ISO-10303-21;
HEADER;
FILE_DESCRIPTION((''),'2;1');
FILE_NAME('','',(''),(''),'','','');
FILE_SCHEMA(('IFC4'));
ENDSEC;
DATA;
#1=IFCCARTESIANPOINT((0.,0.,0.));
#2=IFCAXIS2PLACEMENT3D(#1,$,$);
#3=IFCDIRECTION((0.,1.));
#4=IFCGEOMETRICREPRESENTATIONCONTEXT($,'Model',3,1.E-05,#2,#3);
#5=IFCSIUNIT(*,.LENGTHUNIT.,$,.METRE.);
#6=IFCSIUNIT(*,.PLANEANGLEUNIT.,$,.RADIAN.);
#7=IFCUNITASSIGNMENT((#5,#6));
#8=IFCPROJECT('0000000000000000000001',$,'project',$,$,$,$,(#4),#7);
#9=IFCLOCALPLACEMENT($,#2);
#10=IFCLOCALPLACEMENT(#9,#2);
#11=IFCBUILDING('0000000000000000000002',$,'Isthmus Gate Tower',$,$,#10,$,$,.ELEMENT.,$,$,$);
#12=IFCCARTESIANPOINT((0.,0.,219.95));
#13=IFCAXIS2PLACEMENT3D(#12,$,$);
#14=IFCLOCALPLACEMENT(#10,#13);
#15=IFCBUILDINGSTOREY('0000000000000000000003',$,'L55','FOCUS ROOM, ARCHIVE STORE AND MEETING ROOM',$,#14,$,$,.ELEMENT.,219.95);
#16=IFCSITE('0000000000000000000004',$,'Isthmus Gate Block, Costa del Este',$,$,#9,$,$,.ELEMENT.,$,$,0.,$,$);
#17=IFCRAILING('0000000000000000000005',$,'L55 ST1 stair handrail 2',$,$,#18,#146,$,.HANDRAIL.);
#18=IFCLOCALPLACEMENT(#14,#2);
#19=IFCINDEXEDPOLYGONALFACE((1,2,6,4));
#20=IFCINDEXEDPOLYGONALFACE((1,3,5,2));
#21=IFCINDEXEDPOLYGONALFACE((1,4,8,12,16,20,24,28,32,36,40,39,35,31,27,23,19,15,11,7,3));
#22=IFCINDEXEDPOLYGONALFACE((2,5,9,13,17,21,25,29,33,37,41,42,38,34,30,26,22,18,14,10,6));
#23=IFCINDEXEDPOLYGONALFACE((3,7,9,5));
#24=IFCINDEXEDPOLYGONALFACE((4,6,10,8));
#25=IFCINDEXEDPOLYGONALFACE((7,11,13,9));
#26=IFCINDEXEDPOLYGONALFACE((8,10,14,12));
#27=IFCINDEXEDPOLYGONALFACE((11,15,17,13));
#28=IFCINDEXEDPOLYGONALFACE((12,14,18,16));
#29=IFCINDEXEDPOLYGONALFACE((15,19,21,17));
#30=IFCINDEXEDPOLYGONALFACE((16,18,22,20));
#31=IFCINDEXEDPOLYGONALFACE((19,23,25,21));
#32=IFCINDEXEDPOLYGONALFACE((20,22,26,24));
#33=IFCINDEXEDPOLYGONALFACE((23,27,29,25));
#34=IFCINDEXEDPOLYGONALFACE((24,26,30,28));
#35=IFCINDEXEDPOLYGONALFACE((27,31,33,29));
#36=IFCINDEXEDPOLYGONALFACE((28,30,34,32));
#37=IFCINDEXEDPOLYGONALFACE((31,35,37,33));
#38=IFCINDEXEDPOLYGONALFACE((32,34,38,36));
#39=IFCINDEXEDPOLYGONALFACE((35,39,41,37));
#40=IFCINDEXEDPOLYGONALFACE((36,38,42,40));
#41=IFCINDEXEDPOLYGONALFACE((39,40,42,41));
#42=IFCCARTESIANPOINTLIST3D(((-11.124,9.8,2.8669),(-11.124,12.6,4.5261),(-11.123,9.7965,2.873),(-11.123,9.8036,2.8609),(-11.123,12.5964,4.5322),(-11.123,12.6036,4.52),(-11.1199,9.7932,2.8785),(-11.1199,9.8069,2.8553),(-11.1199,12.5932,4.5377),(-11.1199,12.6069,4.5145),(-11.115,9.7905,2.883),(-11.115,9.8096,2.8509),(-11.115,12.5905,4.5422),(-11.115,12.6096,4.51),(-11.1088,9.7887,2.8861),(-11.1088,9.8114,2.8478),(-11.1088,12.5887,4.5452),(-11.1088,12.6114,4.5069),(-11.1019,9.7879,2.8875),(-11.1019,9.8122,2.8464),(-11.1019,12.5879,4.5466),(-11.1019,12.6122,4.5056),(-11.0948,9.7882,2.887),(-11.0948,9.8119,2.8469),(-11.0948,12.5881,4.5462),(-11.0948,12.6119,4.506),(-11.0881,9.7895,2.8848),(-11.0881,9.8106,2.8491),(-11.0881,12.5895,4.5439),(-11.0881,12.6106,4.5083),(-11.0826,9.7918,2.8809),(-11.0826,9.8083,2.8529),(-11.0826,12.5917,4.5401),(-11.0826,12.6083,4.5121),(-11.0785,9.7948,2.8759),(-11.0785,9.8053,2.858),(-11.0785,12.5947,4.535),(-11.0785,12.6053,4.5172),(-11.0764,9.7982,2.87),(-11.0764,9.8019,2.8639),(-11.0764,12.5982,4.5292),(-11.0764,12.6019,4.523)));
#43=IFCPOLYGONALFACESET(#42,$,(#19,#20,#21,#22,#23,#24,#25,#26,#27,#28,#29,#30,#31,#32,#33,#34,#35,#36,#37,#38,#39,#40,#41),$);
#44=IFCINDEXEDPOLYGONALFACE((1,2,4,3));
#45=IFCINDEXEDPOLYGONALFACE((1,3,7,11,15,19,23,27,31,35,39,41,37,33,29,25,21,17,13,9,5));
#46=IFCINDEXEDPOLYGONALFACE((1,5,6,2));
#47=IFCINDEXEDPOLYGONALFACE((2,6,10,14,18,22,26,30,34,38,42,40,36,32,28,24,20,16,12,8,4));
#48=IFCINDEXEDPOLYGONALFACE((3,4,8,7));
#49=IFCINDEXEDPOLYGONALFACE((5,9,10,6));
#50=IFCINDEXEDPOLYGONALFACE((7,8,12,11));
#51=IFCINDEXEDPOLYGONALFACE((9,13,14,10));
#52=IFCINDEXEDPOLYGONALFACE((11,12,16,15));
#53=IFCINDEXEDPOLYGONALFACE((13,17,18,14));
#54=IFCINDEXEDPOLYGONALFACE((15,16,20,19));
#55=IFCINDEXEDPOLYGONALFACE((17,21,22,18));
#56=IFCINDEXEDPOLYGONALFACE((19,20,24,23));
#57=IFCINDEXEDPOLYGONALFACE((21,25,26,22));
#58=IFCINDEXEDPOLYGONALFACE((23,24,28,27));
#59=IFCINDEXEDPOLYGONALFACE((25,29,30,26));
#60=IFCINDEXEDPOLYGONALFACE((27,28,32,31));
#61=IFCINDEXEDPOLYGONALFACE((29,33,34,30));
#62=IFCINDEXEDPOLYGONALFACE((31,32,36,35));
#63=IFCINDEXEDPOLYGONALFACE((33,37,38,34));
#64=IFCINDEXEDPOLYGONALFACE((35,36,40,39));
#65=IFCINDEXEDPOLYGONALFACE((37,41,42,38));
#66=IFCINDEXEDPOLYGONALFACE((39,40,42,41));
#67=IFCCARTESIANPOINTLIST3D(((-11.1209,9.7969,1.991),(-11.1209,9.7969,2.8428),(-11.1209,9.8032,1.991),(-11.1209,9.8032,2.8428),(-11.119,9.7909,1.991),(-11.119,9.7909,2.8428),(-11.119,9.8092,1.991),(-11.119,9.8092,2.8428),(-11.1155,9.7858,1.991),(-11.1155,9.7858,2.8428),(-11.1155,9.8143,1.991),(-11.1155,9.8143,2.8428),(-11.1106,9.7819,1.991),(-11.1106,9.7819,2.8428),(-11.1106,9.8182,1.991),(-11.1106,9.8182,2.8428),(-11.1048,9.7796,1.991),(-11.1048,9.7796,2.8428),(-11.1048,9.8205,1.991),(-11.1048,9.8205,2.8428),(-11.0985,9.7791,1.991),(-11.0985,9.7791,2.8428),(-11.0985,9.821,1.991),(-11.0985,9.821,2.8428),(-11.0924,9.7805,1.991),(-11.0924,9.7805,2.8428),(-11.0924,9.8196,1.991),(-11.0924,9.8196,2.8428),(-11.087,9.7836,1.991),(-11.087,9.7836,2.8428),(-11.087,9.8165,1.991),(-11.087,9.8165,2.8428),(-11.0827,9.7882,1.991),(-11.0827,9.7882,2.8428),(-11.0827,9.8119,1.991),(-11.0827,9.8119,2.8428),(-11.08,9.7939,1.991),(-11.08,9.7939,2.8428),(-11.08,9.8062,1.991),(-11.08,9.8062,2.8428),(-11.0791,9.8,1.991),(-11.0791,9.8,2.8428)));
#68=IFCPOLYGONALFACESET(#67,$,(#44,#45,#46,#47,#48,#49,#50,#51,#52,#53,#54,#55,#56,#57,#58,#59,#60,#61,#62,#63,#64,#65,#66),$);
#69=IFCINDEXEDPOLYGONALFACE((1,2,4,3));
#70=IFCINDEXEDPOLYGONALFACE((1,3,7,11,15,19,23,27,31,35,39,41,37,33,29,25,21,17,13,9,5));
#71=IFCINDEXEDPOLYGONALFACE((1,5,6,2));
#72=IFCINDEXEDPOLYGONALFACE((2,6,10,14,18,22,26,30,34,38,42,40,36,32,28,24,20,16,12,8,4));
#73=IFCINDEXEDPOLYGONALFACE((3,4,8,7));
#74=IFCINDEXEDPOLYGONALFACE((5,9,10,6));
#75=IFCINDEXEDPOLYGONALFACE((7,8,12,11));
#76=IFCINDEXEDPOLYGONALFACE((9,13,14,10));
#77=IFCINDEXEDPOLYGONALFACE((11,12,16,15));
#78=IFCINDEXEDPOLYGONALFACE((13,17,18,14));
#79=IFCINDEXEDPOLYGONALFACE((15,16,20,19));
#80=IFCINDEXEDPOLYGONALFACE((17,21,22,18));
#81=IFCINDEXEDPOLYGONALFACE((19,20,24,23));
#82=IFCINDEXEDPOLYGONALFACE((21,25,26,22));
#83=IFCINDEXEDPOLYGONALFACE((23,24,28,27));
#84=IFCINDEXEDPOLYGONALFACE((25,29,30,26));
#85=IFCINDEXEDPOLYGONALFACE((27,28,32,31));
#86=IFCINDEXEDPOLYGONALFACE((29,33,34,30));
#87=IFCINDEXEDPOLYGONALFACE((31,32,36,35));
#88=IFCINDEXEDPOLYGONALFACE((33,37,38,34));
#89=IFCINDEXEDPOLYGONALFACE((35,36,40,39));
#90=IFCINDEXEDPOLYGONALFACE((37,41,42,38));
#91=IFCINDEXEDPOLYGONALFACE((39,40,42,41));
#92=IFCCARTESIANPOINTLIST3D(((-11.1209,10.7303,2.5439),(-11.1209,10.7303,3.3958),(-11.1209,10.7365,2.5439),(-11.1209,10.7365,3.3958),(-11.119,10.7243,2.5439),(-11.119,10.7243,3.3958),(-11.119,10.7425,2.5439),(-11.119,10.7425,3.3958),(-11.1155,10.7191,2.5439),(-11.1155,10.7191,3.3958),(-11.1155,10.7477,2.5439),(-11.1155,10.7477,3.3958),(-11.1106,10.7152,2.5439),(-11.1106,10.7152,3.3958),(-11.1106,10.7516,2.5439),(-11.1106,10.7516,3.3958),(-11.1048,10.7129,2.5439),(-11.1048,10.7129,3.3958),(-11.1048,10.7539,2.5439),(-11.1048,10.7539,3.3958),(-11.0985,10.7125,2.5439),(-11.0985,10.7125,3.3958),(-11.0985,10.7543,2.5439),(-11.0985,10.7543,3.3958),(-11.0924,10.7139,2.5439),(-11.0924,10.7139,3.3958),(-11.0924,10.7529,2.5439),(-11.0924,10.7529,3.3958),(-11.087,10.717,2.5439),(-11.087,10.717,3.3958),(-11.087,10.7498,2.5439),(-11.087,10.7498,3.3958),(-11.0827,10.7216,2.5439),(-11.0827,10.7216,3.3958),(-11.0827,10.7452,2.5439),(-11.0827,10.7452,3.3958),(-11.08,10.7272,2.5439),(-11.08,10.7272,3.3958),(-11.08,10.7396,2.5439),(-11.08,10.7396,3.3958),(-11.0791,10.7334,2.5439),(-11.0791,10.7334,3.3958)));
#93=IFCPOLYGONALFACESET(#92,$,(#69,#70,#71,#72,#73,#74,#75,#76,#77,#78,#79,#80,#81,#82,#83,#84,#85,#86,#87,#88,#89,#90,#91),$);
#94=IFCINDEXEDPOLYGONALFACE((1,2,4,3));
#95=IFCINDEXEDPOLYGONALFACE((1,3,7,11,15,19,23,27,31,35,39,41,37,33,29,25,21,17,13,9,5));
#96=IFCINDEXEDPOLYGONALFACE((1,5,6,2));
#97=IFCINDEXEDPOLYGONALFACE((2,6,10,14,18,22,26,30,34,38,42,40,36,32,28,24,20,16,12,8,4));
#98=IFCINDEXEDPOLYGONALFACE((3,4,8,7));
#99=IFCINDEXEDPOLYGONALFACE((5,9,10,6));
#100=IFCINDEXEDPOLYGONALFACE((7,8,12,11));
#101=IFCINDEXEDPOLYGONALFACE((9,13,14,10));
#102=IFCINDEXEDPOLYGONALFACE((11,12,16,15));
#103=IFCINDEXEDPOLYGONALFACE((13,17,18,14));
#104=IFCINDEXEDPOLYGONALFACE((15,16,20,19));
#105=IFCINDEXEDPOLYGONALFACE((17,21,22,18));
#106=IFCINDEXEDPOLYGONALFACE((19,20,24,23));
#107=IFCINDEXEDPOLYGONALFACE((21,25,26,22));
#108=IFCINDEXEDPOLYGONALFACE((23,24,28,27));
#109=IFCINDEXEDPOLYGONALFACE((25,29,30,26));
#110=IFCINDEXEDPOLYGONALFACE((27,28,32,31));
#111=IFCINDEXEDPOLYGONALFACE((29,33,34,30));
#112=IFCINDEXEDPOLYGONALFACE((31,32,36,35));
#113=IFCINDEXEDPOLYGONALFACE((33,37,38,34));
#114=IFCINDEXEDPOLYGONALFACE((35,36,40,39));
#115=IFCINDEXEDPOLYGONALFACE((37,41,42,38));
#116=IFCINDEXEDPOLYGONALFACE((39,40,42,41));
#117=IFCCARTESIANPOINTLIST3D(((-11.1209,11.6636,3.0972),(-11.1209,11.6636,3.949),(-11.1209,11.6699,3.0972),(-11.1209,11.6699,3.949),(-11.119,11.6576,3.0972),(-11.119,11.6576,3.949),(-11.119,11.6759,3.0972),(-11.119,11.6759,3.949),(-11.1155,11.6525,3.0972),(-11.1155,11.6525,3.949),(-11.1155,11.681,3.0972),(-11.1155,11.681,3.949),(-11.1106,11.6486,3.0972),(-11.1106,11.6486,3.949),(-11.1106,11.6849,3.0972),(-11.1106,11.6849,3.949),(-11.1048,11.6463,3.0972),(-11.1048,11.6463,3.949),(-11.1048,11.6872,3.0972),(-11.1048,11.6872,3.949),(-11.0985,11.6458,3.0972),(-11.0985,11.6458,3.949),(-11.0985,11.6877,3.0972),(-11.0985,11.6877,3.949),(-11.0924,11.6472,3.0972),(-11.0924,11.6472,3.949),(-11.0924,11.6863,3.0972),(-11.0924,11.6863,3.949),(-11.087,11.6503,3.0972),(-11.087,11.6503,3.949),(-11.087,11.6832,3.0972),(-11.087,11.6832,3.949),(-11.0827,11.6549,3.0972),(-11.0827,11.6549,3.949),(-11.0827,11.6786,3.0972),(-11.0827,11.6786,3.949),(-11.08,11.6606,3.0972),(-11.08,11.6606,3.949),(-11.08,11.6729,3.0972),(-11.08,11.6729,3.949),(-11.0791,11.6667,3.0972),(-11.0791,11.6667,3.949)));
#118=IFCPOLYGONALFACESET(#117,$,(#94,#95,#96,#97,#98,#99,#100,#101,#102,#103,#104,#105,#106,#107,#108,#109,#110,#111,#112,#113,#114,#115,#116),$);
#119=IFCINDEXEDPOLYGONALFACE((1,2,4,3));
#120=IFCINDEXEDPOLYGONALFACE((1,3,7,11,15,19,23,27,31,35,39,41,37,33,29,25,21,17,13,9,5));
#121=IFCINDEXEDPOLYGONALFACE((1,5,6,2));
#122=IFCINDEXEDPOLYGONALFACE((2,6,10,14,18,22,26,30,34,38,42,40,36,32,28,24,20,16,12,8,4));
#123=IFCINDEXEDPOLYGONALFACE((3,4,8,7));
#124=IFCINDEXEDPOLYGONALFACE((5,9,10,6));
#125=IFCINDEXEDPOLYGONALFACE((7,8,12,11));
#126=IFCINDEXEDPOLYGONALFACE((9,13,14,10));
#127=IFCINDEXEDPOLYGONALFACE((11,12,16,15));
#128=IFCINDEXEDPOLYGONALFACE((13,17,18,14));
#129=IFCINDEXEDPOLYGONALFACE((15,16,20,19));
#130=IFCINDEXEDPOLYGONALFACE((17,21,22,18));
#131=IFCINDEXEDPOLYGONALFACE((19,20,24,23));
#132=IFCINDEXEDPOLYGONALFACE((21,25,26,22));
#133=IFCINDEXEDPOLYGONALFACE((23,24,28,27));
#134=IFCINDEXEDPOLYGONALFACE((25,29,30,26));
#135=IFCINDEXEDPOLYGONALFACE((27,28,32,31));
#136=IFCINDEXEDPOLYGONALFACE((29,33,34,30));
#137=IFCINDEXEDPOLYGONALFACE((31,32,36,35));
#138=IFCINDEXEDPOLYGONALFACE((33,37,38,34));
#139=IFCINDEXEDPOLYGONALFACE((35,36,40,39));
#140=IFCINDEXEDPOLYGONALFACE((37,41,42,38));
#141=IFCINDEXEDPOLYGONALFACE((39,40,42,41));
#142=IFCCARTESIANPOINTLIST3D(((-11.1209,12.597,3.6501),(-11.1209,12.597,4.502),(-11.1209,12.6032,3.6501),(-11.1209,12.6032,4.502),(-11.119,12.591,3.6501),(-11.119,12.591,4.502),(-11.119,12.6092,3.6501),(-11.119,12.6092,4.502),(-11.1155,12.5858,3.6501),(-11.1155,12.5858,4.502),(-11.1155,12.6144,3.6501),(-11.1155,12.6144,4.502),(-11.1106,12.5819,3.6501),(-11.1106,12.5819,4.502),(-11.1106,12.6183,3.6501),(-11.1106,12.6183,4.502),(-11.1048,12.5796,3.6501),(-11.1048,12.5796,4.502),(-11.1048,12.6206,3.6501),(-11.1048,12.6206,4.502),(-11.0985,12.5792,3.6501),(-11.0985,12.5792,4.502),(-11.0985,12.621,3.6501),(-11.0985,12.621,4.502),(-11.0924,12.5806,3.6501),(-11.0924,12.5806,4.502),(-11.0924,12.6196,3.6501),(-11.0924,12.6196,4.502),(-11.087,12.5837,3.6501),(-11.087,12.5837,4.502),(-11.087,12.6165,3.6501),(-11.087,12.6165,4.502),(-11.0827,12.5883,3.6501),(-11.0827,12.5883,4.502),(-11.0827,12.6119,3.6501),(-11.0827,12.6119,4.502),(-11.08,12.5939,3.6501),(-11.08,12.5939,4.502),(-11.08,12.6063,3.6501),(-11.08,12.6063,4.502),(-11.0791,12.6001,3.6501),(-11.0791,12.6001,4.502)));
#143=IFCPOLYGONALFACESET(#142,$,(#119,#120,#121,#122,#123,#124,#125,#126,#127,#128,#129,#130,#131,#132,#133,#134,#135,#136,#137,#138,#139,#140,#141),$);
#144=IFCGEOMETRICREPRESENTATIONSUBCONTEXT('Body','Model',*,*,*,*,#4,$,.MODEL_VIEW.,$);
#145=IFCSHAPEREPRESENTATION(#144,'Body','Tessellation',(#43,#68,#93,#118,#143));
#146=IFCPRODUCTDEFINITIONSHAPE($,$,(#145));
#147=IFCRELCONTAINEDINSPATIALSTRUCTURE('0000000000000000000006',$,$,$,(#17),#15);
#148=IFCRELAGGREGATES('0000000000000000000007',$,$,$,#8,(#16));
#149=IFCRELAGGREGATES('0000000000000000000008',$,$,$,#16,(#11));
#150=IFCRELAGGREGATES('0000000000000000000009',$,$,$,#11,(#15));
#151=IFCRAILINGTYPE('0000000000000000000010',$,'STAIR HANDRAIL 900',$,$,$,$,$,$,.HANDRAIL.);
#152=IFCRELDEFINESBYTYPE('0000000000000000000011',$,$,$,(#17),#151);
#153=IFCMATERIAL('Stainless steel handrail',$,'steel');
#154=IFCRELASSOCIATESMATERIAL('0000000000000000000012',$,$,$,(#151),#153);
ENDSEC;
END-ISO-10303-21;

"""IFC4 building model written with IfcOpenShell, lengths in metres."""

from ifc_helpers import new_model, si_unit, direction, frame, origin, origin_2d, place, context, subcontext, project, spatial, circle, extrude, material, type_object, element, save


model = new_model("IFC4")

# Units and contexts
model_context = context("Model", 3, precision=1e-05, world=origin(), true_north=direction((0.0, 1.0)))
body_context = subcontext(model_context, "Body", "Model", "MODEL_VIEW")
ifc_project = project(units=[si_unit("LENGTHUNIT", "METRE"), si_unit("PLANEANGLEUNIT", "RADIAN")], contexts=[model_context])

# Site, building, storey
site_placement = place(None, origin())
site = spatial("IfcSite", under=ifc_project, at=site_placement, Name="Isthmus Gate Block, Costa del Este", CompositionType="ELEMENT", RefElevation=0.0)
building_placement = place(site_placement, origin())
building = spatial("IfcBuilding", under=site, at=building_placement, Name="Isthmus Gate Tower", CompositionType="ELEMENT")
storey_placement = place(building_placement, frame((0.0, 0.0, 219.95)))
storey = spatial("IfcBuildingStorey", under=building, at=storey_placement, Name="L55", Description="FOCUS ROOM, ARCHIVE STORE AND MEETING ROOM", CompositionType="ELEMENT", Elevation=219.95)

# Railing
ifc_material_1 = material(Name="Stainless steel handrail", Category="steel")
railing_type_1 = type_object("IfcRailingType", Name="STAIR HANDRAIL 900", PredefinedType="HANDRAIL", material=ifc_material_1)
railing_1_placement = place(storey_placement, frame((-11.1001, 9.8, 1.991)))
element("IfcRailing", 1, at=railing_1_placement, inside=storey, type_object=railing_type_1, Name="L55 ST1 stair handrail 2", PredefinedType="HANDRAIL", context=body_context, shape_type="SweptSolid", body=[
    extrude(circle(Radius=0.0239, at=origin_2d()), frame((0.0, 0.0, 0.876), z_axis=(0.0, 0.860306, 0.509778), x_axis=(-1.0, 0.0, 0.0)), (0.0, 0.0, 1.0), 3.2546),
    extrude(circle(Radius=0.021, at=origin_2d()), origin(), (0.0, 0.0, 1.0), 0.8518),
    extrude(circle(Radius=0.021, at=origin_2d()), frame((0.0, 0.9333, 0.553)), (0.0, 0.0, 1.0), 0.8518),
    extrude(circle(Radius=0.021, at=origin_2d()), frame((0.0, 1.8667, 1.1062)), (0.0, 0.0, 1.0), 0.8518),
    extrude(circle(Radius=0.021, at=origin_2d()), frame((0.0, 2.8, 1.6592)), (0.0, 0.0, 1.0), 0.8518),
])

save(model, "model.ifc")
